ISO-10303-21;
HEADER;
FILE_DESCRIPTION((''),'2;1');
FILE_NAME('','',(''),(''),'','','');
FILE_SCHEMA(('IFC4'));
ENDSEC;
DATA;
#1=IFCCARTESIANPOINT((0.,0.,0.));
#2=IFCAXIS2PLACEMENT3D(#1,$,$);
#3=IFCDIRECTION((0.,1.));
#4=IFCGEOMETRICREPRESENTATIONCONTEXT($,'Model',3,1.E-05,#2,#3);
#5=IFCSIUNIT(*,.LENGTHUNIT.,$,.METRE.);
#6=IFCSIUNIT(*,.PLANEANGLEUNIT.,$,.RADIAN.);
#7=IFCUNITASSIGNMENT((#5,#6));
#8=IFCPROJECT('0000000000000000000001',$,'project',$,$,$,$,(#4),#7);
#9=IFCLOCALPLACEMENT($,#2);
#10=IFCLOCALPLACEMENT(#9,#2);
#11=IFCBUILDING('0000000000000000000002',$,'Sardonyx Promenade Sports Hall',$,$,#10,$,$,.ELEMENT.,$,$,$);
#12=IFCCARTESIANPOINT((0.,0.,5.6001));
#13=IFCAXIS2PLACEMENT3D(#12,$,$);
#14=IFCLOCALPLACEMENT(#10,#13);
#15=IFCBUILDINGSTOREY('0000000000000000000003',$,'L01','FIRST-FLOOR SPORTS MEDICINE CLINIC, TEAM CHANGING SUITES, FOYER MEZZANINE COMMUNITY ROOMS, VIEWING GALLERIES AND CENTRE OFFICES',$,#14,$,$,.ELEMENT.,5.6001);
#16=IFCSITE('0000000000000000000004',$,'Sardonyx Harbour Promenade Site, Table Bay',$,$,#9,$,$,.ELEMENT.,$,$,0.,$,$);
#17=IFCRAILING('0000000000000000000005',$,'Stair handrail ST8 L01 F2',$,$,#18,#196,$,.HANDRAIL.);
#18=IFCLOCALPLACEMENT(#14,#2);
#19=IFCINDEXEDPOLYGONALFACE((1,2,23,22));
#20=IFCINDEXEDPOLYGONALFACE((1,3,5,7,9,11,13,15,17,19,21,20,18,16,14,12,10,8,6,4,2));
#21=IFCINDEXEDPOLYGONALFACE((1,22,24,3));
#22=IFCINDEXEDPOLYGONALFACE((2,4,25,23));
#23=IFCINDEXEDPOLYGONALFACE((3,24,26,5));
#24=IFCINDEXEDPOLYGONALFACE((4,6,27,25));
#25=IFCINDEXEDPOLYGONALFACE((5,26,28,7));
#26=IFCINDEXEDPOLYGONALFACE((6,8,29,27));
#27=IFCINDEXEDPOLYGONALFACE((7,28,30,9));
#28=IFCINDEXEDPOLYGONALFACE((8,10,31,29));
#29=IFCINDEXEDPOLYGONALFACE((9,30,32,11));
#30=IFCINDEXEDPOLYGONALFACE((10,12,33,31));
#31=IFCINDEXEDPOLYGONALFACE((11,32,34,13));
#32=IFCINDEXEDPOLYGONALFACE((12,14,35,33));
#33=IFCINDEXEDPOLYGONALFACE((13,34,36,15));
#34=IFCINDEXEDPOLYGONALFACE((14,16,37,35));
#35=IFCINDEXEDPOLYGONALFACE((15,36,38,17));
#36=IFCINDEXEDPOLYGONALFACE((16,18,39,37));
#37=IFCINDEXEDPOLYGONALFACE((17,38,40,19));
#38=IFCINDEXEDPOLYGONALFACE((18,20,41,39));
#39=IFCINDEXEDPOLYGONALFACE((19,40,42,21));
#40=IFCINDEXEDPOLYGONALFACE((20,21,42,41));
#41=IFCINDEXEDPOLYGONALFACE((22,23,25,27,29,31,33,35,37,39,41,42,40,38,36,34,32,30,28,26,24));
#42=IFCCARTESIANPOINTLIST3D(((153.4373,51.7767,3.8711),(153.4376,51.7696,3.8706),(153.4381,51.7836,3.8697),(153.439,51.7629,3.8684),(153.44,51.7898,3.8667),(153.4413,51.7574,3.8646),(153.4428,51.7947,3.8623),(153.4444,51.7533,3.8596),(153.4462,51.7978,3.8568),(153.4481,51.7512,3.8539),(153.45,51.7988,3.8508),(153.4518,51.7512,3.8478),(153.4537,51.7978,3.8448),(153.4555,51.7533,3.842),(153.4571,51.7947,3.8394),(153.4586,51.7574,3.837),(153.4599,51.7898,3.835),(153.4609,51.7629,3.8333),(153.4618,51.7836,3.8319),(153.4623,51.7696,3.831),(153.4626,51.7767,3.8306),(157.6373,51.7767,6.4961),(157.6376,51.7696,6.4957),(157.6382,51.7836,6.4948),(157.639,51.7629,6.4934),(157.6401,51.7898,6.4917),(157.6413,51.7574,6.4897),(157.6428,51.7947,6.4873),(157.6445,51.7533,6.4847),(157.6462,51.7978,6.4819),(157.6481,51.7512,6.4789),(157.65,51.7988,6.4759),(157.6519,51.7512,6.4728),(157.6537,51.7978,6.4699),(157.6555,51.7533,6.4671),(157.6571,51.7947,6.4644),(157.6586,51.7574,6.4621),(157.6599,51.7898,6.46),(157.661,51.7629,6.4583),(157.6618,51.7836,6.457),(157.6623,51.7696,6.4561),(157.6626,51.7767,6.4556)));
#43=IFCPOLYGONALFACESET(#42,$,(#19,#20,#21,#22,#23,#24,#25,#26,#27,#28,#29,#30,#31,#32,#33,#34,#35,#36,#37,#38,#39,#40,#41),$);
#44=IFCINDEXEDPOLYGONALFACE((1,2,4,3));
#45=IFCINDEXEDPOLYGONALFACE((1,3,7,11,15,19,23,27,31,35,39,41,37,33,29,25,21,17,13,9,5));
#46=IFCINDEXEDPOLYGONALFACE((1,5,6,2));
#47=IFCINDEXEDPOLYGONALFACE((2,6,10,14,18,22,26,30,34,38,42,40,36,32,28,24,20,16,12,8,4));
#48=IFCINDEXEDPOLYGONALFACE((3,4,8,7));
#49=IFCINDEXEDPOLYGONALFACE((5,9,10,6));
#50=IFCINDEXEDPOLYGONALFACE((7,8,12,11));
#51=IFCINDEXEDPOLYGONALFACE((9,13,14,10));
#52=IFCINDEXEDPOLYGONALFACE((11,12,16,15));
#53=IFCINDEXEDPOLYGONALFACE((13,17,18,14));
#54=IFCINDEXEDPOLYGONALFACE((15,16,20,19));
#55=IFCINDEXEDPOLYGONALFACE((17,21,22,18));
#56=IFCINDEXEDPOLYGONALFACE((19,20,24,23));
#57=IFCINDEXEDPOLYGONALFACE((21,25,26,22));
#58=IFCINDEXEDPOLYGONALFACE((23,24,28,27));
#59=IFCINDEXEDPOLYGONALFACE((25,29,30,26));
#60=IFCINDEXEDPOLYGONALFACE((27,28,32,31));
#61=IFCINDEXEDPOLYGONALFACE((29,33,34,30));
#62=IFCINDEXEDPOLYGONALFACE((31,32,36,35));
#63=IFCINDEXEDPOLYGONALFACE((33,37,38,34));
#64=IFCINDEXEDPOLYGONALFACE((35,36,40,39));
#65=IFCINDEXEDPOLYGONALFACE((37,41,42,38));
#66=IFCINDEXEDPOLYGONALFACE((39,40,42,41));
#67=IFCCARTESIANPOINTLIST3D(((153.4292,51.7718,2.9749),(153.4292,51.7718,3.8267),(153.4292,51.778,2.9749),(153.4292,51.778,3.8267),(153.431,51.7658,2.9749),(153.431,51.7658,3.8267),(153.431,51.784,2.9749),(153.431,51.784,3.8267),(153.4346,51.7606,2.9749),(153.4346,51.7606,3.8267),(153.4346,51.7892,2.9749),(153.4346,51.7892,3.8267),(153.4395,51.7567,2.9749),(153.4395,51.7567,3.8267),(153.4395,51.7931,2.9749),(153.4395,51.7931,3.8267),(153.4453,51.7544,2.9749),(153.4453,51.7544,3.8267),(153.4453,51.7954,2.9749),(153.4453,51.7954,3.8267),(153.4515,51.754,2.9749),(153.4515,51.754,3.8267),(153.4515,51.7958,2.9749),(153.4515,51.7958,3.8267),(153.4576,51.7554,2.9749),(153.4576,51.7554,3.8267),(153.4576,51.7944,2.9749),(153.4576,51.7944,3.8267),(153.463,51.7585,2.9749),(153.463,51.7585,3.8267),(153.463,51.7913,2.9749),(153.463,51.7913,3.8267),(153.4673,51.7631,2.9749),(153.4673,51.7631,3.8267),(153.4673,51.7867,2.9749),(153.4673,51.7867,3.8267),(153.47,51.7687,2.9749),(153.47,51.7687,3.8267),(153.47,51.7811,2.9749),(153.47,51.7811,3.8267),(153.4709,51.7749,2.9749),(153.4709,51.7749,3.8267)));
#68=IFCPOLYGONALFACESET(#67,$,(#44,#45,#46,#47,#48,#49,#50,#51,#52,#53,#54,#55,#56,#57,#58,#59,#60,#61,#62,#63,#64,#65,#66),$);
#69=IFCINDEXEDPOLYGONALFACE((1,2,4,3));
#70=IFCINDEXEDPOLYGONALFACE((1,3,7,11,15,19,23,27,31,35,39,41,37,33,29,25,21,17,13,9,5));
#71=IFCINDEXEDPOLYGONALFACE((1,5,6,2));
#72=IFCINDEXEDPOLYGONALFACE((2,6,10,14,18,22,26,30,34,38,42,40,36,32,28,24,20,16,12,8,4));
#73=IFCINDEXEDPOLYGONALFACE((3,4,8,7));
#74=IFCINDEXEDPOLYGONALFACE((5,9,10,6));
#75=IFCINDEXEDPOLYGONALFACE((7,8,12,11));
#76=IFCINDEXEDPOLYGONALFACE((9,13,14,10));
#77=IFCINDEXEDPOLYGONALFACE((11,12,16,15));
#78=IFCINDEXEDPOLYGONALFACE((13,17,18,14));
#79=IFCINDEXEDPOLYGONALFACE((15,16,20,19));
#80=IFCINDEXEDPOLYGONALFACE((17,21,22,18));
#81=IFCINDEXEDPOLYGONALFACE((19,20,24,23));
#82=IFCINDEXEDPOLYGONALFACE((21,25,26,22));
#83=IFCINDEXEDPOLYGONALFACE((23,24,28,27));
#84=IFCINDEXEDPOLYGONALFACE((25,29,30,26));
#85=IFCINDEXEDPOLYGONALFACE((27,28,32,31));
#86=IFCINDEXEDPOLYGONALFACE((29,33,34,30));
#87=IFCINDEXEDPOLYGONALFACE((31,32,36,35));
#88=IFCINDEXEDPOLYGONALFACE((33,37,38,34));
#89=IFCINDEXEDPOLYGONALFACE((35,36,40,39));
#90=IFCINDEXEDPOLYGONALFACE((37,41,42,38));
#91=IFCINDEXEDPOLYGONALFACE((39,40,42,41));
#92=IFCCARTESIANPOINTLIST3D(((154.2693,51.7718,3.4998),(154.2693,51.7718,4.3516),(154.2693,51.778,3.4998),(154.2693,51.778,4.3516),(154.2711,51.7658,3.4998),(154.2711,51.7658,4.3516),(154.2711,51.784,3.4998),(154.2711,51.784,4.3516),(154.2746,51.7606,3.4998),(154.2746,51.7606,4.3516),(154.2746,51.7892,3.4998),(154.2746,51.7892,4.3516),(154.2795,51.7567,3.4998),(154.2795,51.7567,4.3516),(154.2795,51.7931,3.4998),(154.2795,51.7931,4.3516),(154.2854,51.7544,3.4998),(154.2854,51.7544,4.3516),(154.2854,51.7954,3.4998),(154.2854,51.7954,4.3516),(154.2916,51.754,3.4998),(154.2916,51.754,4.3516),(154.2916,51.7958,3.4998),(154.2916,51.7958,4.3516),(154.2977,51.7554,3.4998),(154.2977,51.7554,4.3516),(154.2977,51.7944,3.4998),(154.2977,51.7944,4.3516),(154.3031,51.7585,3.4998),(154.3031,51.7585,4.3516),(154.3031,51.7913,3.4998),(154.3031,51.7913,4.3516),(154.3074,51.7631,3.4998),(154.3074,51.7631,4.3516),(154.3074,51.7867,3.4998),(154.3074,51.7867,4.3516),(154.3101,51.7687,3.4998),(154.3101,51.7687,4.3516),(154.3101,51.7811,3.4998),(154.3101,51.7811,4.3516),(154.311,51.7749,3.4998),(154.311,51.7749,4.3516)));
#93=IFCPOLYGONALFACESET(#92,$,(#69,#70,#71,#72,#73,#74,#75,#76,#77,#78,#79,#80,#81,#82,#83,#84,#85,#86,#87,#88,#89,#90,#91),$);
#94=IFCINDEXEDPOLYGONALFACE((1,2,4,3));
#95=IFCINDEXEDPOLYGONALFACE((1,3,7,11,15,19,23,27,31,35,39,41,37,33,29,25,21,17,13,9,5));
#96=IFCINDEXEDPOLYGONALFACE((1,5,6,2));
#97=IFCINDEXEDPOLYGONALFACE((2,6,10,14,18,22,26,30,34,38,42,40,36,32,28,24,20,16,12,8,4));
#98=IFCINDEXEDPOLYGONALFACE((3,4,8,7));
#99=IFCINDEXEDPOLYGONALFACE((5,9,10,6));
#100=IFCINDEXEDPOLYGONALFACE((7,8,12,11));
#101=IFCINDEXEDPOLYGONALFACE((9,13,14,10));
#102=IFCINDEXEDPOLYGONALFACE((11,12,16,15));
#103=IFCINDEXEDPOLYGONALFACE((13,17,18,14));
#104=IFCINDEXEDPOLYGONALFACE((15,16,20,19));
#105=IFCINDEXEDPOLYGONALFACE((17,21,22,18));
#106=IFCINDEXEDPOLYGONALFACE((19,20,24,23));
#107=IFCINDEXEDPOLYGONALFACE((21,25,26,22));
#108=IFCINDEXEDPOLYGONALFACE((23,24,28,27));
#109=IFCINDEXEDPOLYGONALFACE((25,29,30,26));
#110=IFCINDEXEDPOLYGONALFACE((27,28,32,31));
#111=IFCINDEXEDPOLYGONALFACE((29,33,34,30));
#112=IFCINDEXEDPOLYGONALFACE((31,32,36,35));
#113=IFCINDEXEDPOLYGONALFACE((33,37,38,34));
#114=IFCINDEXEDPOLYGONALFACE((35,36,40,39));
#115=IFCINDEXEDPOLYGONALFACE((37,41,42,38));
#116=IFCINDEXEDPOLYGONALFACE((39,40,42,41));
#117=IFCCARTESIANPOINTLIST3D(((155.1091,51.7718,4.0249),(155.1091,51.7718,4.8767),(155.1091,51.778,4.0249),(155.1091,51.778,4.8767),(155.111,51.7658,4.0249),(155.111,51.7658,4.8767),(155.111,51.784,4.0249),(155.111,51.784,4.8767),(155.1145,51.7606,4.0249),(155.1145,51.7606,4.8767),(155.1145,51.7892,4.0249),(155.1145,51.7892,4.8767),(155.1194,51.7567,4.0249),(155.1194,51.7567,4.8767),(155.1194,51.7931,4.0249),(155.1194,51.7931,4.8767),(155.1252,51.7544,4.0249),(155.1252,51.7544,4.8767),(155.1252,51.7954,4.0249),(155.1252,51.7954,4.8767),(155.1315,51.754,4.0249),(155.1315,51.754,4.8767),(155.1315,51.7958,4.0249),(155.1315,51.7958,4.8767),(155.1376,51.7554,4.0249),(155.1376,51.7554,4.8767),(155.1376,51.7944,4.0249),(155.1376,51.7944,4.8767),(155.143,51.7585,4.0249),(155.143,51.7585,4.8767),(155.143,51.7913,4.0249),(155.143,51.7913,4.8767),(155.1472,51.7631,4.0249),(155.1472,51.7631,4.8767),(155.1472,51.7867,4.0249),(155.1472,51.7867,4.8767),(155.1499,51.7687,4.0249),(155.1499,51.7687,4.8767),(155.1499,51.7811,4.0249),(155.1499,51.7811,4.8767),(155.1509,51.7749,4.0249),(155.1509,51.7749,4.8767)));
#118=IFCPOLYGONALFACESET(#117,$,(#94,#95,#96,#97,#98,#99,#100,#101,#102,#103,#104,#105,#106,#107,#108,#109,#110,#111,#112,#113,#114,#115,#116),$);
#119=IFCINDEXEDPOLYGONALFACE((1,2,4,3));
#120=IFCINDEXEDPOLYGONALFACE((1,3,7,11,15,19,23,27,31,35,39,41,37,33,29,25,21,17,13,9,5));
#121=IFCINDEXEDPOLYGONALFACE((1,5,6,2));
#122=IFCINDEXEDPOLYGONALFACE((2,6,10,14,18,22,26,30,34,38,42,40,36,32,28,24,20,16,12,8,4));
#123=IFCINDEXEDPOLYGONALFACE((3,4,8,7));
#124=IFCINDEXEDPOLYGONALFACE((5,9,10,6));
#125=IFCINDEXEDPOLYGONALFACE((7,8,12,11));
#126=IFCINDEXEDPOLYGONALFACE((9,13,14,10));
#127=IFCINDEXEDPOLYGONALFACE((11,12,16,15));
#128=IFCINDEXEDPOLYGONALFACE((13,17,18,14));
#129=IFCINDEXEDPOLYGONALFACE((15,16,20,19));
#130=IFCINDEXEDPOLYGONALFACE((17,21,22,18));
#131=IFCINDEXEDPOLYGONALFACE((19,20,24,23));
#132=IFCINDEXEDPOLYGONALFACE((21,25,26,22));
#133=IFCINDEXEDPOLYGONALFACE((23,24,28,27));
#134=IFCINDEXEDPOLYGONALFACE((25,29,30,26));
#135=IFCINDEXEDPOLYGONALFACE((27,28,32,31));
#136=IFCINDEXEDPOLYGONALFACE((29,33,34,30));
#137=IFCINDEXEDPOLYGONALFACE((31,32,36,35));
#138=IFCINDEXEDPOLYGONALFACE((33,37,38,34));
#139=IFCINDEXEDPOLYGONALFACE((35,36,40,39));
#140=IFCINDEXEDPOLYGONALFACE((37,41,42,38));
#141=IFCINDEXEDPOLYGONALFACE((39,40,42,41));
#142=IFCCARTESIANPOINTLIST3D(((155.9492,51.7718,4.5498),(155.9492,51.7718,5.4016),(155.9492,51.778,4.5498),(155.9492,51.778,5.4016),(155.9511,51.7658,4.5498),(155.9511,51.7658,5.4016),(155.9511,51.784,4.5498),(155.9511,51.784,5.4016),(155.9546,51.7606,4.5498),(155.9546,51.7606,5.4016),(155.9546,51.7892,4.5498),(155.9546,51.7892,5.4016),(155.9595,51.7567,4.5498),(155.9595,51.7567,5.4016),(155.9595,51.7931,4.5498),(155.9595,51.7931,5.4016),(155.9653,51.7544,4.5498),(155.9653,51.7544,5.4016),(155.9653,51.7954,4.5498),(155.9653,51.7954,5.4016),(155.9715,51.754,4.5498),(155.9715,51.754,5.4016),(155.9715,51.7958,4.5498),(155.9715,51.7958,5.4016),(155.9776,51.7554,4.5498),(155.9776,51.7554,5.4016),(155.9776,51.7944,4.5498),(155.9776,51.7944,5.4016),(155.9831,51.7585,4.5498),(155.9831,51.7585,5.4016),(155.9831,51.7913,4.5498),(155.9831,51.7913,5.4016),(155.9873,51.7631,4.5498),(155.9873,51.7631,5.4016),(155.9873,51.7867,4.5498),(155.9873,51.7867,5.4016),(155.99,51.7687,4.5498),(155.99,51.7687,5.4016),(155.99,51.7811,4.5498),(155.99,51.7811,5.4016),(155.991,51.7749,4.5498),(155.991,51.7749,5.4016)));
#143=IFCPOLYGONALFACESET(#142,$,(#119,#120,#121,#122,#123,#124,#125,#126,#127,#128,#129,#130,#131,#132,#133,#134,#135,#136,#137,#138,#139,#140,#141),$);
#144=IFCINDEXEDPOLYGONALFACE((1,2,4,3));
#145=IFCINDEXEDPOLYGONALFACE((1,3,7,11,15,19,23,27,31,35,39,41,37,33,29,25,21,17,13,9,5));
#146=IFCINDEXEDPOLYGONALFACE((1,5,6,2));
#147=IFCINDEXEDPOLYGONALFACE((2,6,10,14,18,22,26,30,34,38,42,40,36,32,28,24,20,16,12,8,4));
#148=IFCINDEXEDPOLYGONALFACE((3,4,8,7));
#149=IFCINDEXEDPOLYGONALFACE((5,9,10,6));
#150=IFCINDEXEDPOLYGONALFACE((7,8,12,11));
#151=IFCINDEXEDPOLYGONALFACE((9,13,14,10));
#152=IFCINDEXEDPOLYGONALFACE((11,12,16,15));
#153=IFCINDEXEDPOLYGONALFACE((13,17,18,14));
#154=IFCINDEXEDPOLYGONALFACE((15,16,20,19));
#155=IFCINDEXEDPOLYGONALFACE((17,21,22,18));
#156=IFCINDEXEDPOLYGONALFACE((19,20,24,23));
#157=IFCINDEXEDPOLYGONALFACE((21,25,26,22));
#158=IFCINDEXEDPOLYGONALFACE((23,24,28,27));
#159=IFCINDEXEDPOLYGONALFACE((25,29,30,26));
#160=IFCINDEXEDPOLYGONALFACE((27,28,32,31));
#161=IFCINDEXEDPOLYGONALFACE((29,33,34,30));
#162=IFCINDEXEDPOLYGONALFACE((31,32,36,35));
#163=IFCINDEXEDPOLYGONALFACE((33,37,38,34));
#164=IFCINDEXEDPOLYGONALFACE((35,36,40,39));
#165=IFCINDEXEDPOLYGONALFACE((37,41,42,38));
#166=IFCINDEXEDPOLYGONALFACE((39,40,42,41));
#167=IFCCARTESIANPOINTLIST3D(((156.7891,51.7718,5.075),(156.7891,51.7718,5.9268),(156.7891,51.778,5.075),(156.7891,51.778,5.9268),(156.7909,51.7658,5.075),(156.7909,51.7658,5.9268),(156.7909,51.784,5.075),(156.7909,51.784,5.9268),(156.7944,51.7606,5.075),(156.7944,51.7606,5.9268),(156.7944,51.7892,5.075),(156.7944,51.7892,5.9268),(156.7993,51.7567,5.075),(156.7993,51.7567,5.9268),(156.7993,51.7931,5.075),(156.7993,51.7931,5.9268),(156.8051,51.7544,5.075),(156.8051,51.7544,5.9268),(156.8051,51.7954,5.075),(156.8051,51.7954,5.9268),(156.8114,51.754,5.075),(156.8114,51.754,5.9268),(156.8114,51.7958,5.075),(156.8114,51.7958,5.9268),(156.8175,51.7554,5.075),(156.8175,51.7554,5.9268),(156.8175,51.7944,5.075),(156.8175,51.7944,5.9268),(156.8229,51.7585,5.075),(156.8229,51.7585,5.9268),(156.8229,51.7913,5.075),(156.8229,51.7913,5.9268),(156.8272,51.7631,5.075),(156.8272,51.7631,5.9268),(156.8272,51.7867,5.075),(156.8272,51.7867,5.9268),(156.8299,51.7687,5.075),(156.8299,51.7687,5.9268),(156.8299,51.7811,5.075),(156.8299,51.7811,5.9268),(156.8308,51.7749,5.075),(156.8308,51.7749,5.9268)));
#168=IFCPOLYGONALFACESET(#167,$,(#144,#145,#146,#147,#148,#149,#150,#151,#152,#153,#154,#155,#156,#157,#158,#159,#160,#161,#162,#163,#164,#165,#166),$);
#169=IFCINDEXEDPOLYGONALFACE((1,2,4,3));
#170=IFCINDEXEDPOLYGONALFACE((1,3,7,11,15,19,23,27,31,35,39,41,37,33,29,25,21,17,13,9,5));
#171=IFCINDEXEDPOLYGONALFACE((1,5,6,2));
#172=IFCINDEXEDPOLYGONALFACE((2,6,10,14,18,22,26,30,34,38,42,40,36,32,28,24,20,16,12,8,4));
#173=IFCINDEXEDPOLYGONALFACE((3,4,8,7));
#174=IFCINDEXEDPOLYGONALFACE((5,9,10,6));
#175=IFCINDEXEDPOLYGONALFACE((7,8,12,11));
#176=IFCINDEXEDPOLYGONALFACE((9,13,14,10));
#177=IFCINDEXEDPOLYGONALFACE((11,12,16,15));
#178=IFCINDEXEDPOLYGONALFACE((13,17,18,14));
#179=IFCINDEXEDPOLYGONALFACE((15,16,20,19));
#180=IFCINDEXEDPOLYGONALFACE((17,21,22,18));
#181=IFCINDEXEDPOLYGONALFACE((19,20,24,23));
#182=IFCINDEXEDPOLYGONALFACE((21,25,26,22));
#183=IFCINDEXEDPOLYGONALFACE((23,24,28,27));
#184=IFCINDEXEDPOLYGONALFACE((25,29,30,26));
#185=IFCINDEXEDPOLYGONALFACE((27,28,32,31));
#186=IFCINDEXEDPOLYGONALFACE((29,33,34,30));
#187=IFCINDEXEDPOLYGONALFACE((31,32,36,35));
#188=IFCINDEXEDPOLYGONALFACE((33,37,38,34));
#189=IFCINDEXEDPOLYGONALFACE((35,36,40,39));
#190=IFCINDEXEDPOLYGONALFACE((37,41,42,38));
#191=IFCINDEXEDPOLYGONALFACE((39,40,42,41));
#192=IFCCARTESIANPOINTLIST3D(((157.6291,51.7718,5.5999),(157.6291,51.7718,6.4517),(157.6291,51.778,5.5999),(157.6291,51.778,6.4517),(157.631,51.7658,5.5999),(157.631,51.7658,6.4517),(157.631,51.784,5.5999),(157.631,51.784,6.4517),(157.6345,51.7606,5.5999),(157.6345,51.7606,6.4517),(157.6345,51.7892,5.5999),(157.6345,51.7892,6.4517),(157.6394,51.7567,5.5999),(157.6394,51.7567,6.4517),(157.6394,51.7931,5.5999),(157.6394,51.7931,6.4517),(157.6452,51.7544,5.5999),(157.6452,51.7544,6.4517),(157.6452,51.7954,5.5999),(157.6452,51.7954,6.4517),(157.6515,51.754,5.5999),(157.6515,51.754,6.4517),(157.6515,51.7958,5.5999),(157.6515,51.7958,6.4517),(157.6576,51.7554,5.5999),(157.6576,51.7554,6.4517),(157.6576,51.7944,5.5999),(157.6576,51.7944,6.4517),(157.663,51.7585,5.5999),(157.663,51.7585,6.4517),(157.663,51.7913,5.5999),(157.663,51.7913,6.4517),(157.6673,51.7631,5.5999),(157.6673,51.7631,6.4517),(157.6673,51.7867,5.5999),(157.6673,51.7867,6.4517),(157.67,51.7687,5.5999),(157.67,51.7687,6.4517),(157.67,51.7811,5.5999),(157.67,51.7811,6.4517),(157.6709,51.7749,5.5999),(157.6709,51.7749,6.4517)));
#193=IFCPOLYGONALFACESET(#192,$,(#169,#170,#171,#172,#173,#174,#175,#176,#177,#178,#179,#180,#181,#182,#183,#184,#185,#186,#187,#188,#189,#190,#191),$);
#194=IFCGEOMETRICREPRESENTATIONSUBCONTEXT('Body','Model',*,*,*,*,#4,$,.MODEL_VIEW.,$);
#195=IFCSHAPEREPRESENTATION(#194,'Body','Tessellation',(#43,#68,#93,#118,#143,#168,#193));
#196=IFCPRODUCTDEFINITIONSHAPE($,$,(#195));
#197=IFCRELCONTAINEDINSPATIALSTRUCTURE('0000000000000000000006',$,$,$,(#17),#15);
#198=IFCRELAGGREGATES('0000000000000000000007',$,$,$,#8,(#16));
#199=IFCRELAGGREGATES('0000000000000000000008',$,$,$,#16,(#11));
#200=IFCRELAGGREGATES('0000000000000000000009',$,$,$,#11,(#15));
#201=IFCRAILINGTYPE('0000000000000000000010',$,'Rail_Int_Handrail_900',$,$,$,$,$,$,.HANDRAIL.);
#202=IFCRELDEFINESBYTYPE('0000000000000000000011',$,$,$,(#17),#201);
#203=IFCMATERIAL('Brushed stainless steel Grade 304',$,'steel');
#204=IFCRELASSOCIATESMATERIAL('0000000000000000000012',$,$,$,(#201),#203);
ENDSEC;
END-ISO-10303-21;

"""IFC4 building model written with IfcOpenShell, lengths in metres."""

from ifc_helpers import new_model, si_unit, direction, frame, origin, origin_2d, place, context, subcontext, project, spatial, circle, extrude, material, type_object, element, save


model = new_model("IFC4")

# Units and contexts
model_context = context("Model", 3, precision=1e-05, world=origin(), true_north=direction((0.0, 1.0)))
body_context = subcontext(model_context, "Body", "Model", "MODEL_VIEW")
ifc_project = project(units=[si_unit("LENGTHUNIT", "METRE"), si_unit("PLANEANGLEUNIT", "RADIAN")], contexts=[model_context])

# Site, building, storey
site_placement = place(None, origin())
site = spatial("IfcSite", under=ifc_project, at=site_placement, Name="Sardonyx Harbour Promenade Site, Table Bay", CompositionType="ELEMENT", RefElevation=0.0)
building_placement = place(site_placement, origin())
building = spatial("IfcBuilding", under=site, at=building_placement, Name="Sardonyx Promenade Sports Hall", CompositionType="ELEMENT")
storey_placement = place(building_placement, frame((0.0, 0.0, 5.6001)))
storey = spatial("IfcBuildingStorey", under=building, at=storey_placement, Name="L01", Description="FIRST-FLOOR SPORTS MEDICINE CLINIC, TEAM CHANGING SUITES, FOYER MEZZANINE COMMUNITY ROOMS, VIEWING GALLERIES AND CENTRE OFFICES", CompositionType="ELEMENT", Elevation=5.6001)

# Railing
ifc_material_1 = material(Name="Brushed stainless steel Grade 304", Category="steel")
railing_type_1 = type_object("IfcRailingType", Name="Rail_Int_Handrail_900", PredefinedType="HANDRAIL", material=ifc_material_1)
railing_1_placement = place(storey_placement, frame((153.45, 51.7749, 2.9749)))
element("IfcRailing", 1, at=railing_1_placement, inside=storey, type_object=railing_type_1, Name="Stair handrail ST8 L01 F2", PredefinedType="HANDRAIL", context=body_context, shape_type="SweptSolid", body=[
    extrude(circle(Radius=0.0239, at=origin_2d()), frame((0.0, 0.0, 0.876), z_axis=(0.847996, 0.0, 0.530003), x_axis=(0.0, 1.0, 0.0)), (0.0, 0.0, 1.0), 4.9529),
    extrude(circle(Radius=0.021, at=origin_2d()), origin(), (0.0, 0.0, 1.0), 0.8518),
    extrude(circle(Radius=0.021, at=origin_2d()), frame((0.8401, 0.0, 0.5249)), (0.0, 0.0, 1.0), 0.8518),
    extrude(circle(Radius=0.021, at=origin_2d()), frame((1.6799, 0.0, 1.05)), (0.0, 0.0, 1.0), 0.8518),
    extrude(circle(Radius=0.021, at=origin_2d()), frame((2.52, 0.0, 1.575)), (0.0, 0.0, 1.0), 0.8518),
    extrude(circle(Radius=0.021, at=origin_2d()), frame((3.3599, 0.0, 2.1001)), (0.0, 0.0, 1.0), 0.8518),
    extrude(circle(Radius=0.021, at=origin_2d()), frame((4.2, 0.0, 2.625)), (0.0, 0.0, 1.0), 0.8518),
])

save(model, "model.ifc")
